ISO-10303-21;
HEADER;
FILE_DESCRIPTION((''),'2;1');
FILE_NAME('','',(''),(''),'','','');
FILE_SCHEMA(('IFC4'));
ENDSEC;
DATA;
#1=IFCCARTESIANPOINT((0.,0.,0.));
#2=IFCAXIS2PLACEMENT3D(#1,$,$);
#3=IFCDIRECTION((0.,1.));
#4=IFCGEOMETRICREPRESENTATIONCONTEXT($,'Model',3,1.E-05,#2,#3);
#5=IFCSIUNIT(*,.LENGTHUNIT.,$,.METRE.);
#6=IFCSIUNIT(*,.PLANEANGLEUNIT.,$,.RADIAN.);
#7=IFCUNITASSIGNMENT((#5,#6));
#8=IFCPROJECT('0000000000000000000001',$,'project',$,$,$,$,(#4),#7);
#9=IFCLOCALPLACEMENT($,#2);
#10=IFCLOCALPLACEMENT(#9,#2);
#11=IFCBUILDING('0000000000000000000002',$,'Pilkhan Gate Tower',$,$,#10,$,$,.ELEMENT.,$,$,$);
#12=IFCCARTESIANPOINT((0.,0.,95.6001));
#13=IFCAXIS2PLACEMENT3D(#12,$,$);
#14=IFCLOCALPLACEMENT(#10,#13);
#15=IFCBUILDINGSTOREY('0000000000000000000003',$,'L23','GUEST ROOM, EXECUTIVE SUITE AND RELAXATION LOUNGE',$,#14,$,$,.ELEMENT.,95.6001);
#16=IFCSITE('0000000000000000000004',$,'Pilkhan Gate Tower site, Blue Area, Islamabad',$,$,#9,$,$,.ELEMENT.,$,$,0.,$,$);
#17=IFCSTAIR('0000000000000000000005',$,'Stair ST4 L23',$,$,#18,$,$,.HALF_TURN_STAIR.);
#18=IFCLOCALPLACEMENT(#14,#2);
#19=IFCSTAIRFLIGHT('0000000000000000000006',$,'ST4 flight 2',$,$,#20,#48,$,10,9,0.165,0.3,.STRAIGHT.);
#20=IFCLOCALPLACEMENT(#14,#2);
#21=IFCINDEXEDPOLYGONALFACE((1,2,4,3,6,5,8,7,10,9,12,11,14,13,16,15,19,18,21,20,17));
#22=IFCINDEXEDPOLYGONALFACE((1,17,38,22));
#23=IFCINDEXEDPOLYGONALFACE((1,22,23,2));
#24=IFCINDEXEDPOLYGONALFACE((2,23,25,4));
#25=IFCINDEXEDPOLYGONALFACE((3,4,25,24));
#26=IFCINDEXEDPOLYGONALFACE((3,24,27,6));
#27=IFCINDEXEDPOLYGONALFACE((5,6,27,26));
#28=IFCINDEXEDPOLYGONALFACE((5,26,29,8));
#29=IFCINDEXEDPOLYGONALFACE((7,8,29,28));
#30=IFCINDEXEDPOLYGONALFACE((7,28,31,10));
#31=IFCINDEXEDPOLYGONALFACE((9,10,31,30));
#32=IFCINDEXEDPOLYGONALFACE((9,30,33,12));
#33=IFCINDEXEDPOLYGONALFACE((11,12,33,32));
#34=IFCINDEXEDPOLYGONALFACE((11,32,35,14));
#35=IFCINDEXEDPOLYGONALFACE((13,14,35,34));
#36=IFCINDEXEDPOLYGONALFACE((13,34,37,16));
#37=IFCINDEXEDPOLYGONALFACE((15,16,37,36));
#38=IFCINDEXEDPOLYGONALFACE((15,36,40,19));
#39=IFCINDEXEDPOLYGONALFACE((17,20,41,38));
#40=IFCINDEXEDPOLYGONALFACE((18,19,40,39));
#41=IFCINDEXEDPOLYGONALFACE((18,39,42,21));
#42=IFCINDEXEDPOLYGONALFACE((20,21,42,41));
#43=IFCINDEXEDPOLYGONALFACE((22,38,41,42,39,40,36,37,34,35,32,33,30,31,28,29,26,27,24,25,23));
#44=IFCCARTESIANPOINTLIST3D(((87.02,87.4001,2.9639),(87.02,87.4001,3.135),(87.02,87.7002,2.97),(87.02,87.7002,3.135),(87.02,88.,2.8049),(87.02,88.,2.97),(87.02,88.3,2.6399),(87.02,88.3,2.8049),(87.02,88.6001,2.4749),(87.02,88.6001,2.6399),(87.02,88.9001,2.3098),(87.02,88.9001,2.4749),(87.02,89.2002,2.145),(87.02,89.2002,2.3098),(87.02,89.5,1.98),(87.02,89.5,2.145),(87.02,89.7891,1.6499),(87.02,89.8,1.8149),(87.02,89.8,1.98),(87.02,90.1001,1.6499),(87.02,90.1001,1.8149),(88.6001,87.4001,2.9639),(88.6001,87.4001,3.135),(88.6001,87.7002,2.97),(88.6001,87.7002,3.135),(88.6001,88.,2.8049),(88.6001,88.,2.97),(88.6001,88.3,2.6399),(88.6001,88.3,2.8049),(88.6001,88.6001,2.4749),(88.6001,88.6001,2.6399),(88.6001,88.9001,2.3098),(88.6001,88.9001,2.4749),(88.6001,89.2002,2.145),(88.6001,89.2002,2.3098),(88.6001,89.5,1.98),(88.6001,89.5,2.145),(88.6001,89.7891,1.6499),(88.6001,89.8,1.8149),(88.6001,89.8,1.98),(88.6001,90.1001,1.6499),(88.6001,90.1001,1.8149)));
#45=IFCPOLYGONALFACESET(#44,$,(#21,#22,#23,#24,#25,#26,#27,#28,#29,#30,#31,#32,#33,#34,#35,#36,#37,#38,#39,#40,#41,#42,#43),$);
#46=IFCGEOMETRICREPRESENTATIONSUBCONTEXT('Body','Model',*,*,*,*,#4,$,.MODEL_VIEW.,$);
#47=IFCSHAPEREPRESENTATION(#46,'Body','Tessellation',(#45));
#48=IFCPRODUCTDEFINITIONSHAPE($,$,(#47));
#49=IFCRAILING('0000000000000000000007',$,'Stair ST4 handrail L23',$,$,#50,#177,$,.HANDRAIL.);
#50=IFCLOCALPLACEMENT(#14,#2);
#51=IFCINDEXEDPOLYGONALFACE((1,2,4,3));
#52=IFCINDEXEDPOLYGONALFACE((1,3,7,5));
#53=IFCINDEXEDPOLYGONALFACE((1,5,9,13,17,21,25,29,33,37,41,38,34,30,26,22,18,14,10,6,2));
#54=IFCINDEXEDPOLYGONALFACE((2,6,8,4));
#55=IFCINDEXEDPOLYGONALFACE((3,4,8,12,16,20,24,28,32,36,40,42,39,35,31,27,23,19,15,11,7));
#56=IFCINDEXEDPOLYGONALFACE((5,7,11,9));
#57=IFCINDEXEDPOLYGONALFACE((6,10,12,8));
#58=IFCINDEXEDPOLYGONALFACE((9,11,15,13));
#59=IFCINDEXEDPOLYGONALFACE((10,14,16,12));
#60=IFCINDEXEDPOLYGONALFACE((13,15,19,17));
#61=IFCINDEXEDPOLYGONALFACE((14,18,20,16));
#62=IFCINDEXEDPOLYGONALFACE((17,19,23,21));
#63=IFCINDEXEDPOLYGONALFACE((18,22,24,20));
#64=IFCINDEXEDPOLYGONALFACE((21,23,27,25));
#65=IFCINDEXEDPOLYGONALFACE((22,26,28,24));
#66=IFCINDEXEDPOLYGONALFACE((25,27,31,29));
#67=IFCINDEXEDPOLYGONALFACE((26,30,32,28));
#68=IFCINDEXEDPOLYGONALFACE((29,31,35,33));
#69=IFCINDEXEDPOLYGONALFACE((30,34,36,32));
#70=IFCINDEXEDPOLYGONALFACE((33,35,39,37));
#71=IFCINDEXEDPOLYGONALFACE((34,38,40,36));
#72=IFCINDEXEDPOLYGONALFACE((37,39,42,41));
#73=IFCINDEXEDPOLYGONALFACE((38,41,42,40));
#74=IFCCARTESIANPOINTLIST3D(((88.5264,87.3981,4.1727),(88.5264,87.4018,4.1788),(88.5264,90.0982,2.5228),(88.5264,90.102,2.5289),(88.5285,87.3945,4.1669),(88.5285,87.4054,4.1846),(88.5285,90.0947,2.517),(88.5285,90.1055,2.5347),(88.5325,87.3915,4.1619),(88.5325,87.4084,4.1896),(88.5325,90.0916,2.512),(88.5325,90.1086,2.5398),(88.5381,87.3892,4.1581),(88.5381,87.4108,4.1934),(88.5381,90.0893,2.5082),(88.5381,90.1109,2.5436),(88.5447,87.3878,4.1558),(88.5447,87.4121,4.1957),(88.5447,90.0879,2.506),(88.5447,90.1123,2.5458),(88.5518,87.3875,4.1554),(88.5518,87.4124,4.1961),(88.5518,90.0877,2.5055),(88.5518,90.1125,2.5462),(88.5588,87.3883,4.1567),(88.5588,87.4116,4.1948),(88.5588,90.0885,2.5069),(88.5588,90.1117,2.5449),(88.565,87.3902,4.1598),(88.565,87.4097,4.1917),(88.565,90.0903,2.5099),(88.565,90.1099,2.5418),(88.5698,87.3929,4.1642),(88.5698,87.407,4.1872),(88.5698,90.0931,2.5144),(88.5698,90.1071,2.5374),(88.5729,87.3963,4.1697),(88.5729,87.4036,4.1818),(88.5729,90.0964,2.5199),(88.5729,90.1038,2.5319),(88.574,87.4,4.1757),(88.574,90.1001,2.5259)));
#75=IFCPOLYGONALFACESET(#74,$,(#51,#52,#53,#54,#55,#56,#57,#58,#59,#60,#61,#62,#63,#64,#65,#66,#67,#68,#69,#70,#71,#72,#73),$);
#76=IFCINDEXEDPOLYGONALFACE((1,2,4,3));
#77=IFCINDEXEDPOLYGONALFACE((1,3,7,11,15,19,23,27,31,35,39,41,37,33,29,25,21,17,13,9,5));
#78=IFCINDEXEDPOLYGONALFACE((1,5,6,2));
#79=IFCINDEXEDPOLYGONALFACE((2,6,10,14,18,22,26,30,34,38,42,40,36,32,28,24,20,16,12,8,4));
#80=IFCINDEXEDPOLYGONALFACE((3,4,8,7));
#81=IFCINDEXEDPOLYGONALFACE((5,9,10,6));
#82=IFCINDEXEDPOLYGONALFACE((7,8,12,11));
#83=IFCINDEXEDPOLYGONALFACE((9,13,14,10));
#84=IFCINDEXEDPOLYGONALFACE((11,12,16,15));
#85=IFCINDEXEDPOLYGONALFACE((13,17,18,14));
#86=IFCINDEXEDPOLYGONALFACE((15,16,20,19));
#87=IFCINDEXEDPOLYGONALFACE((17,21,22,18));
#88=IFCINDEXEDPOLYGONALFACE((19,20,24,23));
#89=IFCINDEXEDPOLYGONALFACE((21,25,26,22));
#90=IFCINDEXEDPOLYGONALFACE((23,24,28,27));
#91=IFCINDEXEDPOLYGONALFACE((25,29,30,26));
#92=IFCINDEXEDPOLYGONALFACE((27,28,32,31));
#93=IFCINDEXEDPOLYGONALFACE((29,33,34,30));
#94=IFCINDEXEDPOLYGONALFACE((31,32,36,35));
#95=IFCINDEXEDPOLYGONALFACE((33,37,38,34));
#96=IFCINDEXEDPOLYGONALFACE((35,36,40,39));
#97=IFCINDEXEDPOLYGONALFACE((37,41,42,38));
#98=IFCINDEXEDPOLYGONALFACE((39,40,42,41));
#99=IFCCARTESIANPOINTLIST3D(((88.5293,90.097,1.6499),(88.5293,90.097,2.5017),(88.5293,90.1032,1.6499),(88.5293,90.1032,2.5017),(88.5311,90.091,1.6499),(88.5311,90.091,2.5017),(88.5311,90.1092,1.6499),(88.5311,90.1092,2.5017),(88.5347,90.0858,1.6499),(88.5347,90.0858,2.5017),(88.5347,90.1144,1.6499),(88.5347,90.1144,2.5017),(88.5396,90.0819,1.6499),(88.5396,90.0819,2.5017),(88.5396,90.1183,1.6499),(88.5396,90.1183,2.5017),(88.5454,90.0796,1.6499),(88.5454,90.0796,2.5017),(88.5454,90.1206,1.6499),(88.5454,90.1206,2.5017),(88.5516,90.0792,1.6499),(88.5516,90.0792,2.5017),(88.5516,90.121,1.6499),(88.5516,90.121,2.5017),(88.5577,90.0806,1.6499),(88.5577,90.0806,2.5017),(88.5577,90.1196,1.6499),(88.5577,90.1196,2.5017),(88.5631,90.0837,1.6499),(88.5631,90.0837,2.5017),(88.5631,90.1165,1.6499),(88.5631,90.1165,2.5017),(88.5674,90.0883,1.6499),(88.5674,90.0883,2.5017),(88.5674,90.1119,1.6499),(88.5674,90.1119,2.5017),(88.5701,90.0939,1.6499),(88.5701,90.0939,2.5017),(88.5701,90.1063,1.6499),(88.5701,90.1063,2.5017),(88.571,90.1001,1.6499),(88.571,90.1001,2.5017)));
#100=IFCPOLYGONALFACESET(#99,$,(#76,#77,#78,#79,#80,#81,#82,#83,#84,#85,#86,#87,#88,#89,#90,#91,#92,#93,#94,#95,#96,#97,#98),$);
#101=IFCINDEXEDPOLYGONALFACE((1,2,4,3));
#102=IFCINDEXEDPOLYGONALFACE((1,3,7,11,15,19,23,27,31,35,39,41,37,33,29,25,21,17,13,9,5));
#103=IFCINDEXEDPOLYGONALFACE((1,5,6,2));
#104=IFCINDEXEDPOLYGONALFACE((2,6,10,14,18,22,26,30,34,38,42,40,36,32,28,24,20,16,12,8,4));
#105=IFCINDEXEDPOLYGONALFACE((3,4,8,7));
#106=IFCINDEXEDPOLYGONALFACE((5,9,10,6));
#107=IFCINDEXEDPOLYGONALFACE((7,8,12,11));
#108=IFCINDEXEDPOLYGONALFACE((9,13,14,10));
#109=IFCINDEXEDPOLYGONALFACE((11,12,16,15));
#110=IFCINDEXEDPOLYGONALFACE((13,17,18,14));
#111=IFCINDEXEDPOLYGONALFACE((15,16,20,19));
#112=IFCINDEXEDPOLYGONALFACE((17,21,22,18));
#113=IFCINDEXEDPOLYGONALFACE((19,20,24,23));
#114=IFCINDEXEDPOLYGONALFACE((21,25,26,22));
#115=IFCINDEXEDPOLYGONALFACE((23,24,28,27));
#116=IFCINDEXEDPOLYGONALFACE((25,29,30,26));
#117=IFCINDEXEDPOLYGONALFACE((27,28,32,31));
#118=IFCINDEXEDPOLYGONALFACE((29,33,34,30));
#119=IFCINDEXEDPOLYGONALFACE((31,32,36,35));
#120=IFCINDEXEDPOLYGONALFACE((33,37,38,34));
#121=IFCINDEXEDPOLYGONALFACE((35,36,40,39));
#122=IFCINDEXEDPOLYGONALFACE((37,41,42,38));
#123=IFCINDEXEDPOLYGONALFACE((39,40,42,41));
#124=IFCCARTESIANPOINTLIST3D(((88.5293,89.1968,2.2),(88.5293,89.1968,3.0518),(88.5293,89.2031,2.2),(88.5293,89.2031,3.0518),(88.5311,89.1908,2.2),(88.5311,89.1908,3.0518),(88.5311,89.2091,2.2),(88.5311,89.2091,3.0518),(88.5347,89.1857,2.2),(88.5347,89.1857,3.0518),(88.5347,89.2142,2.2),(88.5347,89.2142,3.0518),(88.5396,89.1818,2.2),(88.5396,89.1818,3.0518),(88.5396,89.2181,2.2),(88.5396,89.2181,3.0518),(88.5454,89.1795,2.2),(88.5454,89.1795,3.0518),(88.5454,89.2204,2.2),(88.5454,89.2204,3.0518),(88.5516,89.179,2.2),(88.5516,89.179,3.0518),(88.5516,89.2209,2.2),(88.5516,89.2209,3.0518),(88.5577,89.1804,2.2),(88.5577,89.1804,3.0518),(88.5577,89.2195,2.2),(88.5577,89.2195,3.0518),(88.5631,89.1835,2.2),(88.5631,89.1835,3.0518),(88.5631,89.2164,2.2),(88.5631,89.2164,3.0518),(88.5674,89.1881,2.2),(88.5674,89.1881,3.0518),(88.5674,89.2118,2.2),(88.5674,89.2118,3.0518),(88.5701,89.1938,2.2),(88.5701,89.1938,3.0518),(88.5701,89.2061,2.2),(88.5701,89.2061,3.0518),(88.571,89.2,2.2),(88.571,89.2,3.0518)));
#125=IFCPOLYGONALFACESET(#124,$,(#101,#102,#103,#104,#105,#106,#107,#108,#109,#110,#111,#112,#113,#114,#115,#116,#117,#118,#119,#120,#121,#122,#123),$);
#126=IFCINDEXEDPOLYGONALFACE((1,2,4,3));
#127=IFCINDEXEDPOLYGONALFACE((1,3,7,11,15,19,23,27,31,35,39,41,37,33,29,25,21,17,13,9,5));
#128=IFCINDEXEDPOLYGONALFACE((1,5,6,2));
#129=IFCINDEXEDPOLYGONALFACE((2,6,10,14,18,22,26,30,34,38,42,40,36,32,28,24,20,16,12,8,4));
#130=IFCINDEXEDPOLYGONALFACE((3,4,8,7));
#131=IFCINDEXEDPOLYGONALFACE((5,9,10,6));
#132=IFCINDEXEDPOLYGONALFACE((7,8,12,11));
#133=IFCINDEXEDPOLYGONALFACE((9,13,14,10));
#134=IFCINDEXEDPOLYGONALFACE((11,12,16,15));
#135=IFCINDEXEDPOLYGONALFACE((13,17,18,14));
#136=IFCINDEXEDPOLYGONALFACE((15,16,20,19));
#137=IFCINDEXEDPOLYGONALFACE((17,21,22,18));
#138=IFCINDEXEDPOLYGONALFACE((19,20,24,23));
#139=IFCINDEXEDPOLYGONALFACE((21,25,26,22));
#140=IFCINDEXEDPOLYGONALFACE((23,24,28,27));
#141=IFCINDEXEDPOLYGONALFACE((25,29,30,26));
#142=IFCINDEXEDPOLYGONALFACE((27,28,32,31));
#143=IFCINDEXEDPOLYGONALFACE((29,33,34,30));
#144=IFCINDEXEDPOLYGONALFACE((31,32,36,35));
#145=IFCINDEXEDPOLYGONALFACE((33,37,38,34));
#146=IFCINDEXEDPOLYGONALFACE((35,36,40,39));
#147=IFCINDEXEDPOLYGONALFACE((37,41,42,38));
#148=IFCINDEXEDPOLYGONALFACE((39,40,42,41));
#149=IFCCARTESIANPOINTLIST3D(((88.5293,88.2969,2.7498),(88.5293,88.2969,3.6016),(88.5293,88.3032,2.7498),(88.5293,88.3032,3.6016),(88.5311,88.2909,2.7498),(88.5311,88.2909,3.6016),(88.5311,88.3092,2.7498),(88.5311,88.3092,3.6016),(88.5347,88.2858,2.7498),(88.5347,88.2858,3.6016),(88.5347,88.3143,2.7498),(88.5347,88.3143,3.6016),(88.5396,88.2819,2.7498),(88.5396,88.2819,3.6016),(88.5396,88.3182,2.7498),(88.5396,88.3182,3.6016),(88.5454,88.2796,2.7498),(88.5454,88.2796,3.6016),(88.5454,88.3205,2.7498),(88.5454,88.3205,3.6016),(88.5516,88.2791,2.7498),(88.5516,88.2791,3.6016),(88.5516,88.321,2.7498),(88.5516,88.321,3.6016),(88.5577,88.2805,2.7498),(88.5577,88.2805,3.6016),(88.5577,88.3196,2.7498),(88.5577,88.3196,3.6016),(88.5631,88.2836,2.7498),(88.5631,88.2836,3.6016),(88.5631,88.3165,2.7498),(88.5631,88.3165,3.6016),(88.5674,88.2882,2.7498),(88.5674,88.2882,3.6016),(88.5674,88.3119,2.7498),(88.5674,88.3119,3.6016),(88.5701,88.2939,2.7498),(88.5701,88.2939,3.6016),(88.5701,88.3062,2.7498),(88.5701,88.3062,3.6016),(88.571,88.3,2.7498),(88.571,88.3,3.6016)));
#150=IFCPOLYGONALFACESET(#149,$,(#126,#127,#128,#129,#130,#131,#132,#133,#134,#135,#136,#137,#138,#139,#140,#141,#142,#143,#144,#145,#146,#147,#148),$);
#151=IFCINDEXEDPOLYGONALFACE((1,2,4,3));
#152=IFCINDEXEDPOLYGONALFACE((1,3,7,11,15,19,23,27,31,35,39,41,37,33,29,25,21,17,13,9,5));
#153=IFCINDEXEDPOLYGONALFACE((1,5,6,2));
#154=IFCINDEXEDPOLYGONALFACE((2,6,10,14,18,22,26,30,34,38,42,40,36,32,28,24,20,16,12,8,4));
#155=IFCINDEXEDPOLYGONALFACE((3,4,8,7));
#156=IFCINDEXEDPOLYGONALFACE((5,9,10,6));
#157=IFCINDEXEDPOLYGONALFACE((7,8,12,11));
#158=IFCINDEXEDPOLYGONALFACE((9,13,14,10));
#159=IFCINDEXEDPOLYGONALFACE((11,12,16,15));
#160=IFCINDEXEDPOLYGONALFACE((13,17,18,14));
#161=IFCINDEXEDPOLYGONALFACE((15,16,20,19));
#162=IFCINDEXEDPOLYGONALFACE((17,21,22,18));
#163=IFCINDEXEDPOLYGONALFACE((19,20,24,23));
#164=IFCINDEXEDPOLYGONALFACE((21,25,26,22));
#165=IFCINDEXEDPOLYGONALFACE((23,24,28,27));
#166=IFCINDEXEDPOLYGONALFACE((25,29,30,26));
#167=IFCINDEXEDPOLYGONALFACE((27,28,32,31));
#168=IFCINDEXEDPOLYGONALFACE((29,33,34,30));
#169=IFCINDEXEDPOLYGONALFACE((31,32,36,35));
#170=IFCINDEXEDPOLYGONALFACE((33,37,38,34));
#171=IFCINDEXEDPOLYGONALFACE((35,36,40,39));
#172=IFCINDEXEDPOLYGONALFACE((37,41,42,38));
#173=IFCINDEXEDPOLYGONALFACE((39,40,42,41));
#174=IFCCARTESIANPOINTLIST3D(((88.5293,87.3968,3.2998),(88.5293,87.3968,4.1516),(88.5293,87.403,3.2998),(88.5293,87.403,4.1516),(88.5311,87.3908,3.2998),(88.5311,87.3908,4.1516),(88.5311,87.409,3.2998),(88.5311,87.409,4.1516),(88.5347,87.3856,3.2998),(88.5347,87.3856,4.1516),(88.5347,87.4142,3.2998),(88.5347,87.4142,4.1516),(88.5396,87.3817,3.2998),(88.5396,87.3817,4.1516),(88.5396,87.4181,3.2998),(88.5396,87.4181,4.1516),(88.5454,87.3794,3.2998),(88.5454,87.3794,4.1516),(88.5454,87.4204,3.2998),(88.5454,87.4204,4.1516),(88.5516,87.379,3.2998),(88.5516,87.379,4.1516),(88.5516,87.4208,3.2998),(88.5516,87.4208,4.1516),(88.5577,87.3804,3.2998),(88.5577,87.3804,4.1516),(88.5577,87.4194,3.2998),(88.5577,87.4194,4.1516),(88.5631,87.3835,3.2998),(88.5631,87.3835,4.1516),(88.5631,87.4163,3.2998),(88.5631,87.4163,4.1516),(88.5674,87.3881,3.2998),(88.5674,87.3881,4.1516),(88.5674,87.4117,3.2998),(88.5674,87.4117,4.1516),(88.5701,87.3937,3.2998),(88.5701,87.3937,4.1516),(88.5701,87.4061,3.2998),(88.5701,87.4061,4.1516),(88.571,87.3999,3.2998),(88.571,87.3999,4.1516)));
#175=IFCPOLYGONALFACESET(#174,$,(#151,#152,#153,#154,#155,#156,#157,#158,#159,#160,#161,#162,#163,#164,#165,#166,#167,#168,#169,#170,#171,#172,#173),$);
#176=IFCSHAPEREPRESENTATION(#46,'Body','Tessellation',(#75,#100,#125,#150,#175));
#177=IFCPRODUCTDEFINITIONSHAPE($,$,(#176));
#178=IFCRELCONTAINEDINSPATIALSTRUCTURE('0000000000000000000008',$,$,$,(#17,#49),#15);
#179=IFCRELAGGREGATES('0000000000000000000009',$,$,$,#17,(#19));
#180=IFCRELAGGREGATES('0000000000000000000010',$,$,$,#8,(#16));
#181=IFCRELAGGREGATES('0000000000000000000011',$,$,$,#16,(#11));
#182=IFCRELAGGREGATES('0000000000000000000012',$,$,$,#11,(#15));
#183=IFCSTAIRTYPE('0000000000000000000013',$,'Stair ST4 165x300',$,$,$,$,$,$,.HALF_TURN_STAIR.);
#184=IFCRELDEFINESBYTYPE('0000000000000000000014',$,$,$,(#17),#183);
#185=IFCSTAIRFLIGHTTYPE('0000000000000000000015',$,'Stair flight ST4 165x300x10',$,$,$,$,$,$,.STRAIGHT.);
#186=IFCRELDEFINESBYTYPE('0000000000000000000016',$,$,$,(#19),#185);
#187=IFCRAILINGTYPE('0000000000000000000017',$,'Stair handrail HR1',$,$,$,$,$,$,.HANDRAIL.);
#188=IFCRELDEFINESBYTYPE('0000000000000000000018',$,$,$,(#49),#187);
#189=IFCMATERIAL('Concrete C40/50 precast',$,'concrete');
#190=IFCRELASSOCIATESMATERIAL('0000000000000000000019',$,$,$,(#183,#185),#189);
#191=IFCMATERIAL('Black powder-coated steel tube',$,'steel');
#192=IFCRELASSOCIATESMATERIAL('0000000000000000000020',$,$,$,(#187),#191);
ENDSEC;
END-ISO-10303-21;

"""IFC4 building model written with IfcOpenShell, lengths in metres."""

from ifc_helpers import new_model, si_unit, direction, frame, origin, origin_2d, place, context, subcontext, project, spatial, polyline, circle, outline, extrude, material, type_object, element, aggregate, save


model = new_model("IFC4")

# Units and contexts
model_context = context("Model", 3, precision=1e-05, world=origin(), true_north=direction((0.0, 1.0)))
body_context = subcontext(model_context, "Body", "Model", "MODEL_VIEW")
ifc_project = project(units=[si_unit("LENGTHUNIT", "METRE"), si_unit("PLANEANGLEUNIT", "RADIAN")], contexts=[model_context])

# Site, building, storey
site_placement = place(None, origin())
site = spatial("IfcSite", under=ifc_project, at=site_placement, Name="Pilkhan Gate Tower site, Blue Area, Islamabad", CompositionType="ELEMENT", RefElevation=0.0)
building_placement = place(site_placement, origin())
building = spatial("IfcBuilding", under=site, at=building_placement, Name="Pilkhan Gate Tower", CompositionType="ELEMENT")
storey_placement = place(building_placement, frame((0.0, 0.0, 95.6001)))
storey = spatial("IfcBuildingStorey", under=building, at=storey_placement, Name="L23", Description="GUEST ROOM, EXECUTIVE SUITE AND RELAXATION LOUNGE", CompositionType="ELEMENT", Elevation=95.6001)

# Stair, stair flight
ifc_material_1 = material(Name="Concrete C40/50 precast", Category="concrete")
stair_type = type_object("IfcStairType", Name="Stair ST4 165x300", PredefinedType="HALF_TURN_STAIR", material=ifc_material_1)
stair_placement = place(storey_placement, origin())
stair = element("IfcStair", 1, at=stair_placement, inside=storey, type_object=stair_type, Name="Stair ST4 L23", PredefinedType="HALF_TURN_STAIR")
stair_flight_type = type_object("IfcStairFlightType", Name="Stair flight ST4 165x300x10", PredefinedType="STRAIGHT", material=ifc_material_1)
stair_flight_placement = place(storey_placement, frame((87.8101, 90.1001, 1.6499), z_axis=(0.0, 0.0, 1.0), x_axis=(0.0, -1.0, 0.0)))
stair_flight = element("IfcStairFlight", 2, at=stair_flight_placement, type_object=stair_flight_type, Name="ST4 flight 2", NumberOfRisers=10, NumberOfTreads=9, PredefinedType="STRAIGHT", RiserHeight=0.165, TreadLength=0.3, context=body_context, shape_type="SweptSolid", body=[
    extrude(outline(polyline([(0.0, 0.0), (0.0, 0.165), (0.3, 0.165), (0.3, 0.3301), (0.6001, 0.3301), (0.6001, 0.4951), (0.8999, 0.4951), (0.8999, 0.6599), (1.2, 0.6599), (1.2, 0.825), (1.5, 0.825), (1.5, 0.99), (1.8, 0.99), (1.8, 1.155), (2.1001, 1.155), (2.1001, 1.3201), (2.3999, 1.3201), (2.3999, 1.4851), (2.7, 1.4851), (2.7, 1.6499), (2.7, 1.314), (0.311, 0.0), (0.0, 0.0)])), frame((0.0, 0.79, 0.0), z_axis=(0.0, -1.0, 0.0), x_axis=(1.0, 0.0, 0.0)), (0.0, 0.0, 1.0), 1.5801),
])
aggregate(stair, [stair_flight])

# Railing
ifc_material_2 = material(Name="Black powder-coated steel tube", Category="steel")
railing_type_1 = type_object("IfcRailingType", Name="Stair handrail HR1", PredefinedType="HANDRAIL", material=ifc_material_2)
railing_1_placement = place(storey_placement, frame((88.55, 90.1001, 1.6499)))
element("IfcRailing", 3, at=railing_1_placement, inside=storey, type_object=railing_type_1, Name="Stair ST4 handrail L23", PredefinedType="HANDRAIL", context=body_context, shape_type="SweptSolid", body=[
    extrude(circle(Radius=0.0239, at=origin_2d()), frame((0.0, 0.0, 0.876), z_axis=(0.0, -0.853312, 0.5214), x_axis=(1.0, 0.0, 0.0)), (0.0, 0.0, 1.0), 3.1643),
    extrude(circle(Radius=0.021, at=origin_2d()), origin(), (0.0, 0.0, 1.0), 0.8518),
    extrude(circle(Radius=0.021, at=origin_2d()), frame((0.0, -0.9001, 0.55)), (0.0, 0.0, 1.0), 0.8518),
    extrude(circle(Radius=0.021, at=origin_2d()), frame((0.0, -1.8, 1.0999)), (0.0, 0.0, 1.0), 0.8518),
    extrude(circle(Radius=0.021, at=origin_2d()), frame((0.0, -2.7002, 1.6499)), (0.0, 0.0, 1.0), 0.8518),
])

save(model, "model.ifc")
